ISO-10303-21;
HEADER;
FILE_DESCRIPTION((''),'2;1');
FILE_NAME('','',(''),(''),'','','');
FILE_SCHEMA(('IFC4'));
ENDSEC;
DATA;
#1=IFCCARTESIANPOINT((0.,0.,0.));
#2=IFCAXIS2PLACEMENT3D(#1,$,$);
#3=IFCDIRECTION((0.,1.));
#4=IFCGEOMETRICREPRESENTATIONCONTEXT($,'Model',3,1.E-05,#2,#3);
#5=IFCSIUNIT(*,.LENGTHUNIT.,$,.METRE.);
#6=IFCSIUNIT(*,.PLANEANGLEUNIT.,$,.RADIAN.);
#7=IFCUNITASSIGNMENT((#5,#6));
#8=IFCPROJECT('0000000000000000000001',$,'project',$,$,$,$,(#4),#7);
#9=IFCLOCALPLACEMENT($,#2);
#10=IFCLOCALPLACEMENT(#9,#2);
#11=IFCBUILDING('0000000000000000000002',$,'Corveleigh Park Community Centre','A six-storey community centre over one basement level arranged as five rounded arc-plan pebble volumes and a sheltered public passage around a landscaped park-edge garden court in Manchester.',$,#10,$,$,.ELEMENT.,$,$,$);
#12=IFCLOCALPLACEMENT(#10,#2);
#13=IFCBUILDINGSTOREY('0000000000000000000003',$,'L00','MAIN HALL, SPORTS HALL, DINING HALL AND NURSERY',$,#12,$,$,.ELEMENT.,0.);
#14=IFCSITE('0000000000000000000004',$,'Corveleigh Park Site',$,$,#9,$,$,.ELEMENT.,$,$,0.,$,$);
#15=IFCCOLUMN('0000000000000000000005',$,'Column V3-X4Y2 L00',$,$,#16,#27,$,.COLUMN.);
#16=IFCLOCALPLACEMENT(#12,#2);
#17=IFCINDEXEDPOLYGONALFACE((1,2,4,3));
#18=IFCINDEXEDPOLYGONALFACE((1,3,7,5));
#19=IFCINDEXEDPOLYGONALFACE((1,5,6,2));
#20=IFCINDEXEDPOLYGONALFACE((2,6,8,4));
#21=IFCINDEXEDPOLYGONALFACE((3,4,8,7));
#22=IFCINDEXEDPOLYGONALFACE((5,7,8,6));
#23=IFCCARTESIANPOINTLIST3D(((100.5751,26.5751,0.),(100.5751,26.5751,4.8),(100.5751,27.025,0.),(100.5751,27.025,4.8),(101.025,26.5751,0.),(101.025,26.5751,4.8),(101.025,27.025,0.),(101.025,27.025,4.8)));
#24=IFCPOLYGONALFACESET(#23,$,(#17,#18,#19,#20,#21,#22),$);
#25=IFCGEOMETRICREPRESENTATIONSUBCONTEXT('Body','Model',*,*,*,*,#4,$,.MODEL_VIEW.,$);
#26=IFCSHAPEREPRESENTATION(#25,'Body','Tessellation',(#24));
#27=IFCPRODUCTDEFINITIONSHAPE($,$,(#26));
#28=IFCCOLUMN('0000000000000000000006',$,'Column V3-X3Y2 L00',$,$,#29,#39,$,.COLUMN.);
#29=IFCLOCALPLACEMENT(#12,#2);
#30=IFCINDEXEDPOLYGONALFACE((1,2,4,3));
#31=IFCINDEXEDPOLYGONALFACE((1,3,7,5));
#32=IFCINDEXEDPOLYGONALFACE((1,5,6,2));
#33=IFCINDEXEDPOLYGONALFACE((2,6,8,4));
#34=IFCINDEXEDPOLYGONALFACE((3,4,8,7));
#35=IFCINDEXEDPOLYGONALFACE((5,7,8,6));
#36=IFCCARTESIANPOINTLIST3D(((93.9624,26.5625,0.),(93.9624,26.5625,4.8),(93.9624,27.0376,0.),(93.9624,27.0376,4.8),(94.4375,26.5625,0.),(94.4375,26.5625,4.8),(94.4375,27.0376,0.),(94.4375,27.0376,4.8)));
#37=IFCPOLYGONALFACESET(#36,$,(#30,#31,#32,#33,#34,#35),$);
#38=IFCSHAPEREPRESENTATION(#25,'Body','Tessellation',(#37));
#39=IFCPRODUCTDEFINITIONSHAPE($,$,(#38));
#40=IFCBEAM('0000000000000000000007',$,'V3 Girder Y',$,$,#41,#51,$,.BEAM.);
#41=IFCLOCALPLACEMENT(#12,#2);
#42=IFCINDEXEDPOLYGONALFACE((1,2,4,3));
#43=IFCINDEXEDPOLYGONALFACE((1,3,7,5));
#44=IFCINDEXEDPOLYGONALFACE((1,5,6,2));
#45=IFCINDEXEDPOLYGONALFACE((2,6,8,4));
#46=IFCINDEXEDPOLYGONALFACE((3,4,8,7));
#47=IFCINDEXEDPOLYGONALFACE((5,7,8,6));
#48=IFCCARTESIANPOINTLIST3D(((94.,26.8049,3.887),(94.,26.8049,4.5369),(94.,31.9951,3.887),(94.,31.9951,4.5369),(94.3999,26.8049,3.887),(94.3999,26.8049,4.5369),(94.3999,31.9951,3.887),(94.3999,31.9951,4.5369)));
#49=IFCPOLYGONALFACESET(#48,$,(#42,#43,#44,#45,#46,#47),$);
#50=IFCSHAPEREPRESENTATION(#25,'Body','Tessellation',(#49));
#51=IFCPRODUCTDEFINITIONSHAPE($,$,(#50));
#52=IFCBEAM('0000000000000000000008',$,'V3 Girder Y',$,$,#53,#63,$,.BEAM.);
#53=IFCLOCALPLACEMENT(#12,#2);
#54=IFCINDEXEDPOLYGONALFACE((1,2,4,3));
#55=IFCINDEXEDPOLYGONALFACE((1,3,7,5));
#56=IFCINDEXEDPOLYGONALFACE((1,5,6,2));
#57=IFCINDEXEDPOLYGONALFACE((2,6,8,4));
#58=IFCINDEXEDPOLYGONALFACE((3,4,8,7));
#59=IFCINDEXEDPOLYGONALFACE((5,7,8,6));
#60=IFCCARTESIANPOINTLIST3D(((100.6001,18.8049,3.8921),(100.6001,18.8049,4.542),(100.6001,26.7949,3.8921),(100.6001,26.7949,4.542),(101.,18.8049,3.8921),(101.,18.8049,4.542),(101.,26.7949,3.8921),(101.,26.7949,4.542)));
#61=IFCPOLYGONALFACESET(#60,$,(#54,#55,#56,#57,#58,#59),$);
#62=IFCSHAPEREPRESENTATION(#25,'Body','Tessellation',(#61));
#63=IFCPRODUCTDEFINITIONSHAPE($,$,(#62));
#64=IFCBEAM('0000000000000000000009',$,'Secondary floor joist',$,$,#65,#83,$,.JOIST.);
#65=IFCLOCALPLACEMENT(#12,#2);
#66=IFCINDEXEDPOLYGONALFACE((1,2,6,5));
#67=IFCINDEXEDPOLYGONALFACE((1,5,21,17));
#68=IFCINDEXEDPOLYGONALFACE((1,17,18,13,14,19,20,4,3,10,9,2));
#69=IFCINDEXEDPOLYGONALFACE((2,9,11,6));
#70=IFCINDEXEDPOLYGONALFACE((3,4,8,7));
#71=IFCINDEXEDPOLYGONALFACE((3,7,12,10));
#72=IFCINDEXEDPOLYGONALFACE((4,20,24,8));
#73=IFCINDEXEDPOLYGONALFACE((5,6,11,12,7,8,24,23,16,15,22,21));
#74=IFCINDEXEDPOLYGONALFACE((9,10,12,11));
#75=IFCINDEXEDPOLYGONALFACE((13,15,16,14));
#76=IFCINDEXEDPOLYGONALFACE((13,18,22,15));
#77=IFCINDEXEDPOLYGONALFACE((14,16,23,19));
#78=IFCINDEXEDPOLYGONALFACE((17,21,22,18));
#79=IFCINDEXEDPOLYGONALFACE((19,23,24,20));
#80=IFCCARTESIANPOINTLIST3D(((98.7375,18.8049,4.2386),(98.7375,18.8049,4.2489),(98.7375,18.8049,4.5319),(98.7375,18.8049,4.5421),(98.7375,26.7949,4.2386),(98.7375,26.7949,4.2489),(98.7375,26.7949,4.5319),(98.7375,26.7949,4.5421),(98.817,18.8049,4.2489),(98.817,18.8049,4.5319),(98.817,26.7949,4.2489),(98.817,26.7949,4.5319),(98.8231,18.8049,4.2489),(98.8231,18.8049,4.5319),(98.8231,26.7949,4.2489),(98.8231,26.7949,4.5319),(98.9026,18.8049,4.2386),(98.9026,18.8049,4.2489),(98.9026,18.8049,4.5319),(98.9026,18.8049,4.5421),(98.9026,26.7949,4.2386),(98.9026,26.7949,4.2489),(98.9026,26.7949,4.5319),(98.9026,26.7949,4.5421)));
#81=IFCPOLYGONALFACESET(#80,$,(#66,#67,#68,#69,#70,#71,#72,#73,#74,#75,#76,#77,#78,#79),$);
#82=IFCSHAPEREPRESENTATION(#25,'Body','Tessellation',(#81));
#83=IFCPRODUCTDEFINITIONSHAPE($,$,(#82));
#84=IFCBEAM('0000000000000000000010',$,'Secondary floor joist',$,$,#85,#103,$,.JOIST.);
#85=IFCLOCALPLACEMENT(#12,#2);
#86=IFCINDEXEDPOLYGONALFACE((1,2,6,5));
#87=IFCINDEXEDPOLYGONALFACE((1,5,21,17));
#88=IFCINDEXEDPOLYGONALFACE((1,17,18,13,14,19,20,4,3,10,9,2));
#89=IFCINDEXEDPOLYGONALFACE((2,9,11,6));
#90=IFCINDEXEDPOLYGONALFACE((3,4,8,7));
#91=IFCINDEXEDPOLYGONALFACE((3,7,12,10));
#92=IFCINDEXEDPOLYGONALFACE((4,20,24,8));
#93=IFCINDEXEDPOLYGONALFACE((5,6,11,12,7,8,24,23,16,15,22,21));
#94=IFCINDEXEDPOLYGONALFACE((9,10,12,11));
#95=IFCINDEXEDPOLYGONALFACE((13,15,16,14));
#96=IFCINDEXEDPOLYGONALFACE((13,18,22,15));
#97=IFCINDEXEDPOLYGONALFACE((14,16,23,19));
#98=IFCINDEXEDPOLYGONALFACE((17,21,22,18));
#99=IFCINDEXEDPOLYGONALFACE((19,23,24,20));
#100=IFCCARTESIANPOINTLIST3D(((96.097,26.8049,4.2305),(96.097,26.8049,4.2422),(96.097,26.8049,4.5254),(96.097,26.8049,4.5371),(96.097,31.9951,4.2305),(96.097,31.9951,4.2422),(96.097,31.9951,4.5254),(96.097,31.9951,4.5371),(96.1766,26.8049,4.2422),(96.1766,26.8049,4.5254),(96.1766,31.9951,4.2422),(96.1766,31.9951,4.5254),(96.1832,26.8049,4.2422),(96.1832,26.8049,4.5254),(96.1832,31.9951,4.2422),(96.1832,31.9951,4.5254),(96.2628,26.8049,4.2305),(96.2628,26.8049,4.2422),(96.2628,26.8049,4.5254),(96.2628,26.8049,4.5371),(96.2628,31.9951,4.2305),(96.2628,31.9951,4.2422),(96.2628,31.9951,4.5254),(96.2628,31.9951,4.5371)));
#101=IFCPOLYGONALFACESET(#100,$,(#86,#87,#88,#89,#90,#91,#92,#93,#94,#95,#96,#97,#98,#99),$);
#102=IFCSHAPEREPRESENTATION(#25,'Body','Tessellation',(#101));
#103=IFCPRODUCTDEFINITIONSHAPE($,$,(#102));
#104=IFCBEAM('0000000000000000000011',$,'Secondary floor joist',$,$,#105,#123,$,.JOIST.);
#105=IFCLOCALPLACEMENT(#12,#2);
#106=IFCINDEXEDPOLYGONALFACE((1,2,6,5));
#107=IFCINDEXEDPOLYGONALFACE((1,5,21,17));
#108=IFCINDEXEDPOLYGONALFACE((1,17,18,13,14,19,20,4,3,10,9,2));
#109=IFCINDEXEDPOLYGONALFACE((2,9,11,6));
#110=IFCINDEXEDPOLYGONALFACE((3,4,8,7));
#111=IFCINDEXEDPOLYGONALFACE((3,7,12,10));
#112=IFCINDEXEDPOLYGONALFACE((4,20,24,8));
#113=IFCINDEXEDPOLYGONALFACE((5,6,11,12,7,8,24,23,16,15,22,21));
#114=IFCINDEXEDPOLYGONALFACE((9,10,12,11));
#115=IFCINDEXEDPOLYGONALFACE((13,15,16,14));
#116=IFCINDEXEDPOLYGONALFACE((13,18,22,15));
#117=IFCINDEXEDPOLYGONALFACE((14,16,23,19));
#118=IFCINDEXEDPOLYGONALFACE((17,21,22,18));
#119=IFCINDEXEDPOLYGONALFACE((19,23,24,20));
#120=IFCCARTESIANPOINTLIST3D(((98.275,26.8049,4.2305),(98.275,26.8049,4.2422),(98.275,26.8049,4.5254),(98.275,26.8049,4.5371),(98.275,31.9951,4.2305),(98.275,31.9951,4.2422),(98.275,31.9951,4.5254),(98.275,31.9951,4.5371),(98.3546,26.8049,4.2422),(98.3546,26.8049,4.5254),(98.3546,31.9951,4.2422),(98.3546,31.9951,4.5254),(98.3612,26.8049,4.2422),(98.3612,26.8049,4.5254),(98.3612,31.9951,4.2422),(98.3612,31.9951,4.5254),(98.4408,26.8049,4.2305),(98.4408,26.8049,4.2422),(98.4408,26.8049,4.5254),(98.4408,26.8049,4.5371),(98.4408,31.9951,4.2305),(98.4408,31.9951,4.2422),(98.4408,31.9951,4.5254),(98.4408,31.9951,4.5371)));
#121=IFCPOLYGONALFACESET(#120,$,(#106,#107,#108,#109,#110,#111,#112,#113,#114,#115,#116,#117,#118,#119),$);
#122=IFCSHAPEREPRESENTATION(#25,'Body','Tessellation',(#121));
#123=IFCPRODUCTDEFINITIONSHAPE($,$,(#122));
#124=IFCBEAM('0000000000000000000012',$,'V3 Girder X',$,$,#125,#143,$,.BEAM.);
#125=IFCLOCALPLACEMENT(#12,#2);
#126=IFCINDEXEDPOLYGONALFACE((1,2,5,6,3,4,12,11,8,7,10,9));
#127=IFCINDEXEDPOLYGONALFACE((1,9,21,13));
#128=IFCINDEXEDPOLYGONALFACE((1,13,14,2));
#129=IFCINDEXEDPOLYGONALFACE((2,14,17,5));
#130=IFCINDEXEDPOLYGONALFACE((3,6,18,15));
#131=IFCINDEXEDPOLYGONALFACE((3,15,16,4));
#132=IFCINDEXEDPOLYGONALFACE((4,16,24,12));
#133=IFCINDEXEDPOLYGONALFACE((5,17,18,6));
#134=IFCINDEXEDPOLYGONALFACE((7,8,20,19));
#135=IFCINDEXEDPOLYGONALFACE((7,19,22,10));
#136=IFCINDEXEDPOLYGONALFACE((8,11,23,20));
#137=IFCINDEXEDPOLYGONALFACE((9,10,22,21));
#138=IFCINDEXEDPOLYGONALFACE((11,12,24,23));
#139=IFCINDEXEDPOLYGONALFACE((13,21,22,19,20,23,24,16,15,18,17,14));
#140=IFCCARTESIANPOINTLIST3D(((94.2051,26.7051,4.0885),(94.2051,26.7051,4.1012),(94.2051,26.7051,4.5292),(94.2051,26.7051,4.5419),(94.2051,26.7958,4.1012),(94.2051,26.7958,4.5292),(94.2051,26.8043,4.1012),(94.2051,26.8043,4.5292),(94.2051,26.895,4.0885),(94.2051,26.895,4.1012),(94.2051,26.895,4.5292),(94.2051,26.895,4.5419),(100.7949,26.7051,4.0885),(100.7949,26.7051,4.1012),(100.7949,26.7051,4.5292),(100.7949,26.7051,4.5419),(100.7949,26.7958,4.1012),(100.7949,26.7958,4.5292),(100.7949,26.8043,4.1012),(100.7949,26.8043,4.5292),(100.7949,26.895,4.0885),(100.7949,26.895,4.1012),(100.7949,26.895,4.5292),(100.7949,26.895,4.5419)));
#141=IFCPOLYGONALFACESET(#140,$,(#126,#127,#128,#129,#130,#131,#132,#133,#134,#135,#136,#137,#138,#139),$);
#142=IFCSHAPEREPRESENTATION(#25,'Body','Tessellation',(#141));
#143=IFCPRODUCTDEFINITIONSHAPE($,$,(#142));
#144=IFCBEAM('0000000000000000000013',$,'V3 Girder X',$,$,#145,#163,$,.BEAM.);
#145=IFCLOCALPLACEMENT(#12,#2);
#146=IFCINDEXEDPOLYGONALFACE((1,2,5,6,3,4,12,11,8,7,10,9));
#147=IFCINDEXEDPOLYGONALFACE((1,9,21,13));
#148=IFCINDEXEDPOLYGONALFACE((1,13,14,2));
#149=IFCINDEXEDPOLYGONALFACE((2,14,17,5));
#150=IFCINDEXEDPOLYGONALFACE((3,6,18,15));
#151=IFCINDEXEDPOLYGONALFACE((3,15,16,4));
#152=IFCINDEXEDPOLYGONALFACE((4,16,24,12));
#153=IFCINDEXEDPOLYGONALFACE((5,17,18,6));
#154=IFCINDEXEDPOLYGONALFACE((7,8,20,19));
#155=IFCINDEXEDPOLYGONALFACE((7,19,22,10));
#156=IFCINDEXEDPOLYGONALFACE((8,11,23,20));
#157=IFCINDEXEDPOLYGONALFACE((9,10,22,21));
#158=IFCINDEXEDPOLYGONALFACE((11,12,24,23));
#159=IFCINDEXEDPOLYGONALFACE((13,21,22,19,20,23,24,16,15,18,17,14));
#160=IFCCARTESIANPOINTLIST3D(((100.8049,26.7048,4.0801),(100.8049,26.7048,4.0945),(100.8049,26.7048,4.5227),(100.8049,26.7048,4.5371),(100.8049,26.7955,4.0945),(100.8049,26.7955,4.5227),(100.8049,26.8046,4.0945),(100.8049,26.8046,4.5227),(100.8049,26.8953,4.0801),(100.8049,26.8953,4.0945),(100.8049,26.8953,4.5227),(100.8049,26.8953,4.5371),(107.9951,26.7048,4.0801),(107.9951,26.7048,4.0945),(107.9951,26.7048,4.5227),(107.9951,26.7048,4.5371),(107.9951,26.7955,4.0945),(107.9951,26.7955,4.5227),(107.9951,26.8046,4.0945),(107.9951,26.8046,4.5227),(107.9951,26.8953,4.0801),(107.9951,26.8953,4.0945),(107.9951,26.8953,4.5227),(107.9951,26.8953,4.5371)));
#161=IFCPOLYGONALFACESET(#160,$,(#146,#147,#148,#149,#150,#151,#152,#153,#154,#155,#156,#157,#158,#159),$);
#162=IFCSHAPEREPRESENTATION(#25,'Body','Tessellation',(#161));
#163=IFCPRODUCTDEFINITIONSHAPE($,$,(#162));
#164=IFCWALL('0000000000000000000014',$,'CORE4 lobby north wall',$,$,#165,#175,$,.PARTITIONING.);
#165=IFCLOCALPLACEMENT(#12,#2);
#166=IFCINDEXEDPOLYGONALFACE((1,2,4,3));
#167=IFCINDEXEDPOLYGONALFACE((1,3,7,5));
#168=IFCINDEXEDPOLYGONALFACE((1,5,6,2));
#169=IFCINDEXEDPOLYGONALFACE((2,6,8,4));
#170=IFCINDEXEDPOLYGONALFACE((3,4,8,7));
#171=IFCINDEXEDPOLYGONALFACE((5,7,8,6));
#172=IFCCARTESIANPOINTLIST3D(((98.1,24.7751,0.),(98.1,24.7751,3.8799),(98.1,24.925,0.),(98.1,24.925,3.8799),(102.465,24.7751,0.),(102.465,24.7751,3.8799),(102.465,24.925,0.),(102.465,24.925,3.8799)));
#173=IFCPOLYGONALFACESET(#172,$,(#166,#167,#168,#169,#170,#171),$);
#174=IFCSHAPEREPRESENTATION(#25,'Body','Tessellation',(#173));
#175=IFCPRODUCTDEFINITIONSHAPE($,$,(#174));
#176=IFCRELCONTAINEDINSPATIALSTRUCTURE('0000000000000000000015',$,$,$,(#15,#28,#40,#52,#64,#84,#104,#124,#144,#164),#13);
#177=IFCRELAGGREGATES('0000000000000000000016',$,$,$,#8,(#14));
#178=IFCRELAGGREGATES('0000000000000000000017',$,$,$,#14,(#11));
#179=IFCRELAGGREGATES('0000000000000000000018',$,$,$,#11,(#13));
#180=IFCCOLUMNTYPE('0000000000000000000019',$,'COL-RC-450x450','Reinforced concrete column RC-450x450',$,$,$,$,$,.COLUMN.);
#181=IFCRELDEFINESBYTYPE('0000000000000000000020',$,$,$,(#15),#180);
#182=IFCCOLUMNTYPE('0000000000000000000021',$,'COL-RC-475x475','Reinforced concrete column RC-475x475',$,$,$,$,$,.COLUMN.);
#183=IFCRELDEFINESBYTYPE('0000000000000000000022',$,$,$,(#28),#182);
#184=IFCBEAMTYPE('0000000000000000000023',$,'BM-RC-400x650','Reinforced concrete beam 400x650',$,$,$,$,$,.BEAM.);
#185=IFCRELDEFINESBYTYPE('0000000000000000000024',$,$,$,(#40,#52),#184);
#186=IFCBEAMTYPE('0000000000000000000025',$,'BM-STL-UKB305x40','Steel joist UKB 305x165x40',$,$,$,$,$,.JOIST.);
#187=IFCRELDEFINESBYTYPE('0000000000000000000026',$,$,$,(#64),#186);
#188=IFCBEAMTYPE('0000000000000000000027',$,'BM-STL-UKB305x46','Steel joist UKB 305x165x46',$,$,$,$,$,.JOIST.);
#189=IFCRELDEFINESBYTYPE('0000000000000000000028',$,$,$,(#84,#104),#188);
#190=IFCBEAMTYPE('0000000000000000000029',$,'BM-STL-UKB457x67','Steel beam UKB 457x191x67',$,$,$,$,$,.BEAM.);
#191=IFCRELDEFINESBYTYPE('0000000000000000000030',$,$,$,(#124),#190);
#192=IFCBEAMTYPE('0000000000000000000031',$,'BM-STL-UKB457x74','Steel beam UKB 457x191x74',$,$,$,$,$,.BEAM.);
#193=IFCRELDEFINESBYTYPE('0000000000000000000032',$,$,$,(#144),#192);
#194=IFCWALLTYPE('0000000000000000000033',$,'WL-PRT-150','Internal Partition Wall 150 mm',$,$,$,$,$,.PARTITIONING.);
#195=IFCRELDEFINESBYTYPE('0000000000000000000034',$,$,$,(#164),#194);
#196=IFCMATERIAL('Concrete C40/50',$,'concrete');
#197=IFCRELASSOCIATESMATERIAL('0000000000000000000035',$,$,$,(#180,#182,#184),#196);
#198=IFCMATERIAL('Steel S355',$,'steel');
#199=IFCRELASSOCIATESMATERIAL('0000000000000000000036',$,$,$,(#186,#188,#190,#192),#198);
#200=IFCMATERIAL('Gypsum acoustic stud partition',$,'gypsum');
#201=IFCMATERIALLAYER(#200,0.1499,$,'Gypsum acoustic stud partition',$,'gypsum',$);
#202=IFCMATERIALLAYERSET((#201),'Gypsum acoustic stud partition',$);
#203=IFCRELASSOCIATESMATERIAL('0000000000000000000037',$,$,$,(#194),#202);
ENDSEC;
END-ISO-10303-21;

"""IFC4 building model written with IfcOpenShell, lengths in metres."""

from ifc_helpers import new_model, si_unit, direction, frame, frame_2d, origin, origin_2d, place, context, subcontext, project, spatial, rectangle, i_section, extrude, material, layer, layer_set, material_profile, profile_set, type_object, element, save


model = new_model("IFC4")

# Units and contexts
model_context = context("Model", 3, precision=1e-05, world=origin(), true_north=direction((0.0, 1.0)))
body_context = subcontext(model_context, "Body", "Model", "MODEL_VIEW")
ifc_project = project(units=[si_unit("LENGTHUNIT", "METRE"), si_unit("PLANEANGLEUNIT", "RADIAN")], contexts=[model_context])

# Site, building, storey
site_placement = place(None, origin())
site = spatial("IfcSite", under=ifc_project, at=site_placement, Name="Corveleigh Park Site", CompositionType="ELEMENT", RefElevation=0.0)
building_placement = place(site_placement, origin())
building = spatial("IfcBuilding", under=site, at=building_placement, Name="Corveleigh Park Community Centre", Description="A six-storey community centre over one basement level arranged as five rounded arc-plan pebble volumes and a sheltered public passage around a landscaped park-edge garden court in Manchester.", CompositionType="ELEMENT")
storey_placement = place(building_placement, origin())
storey = spatial("IfcBuildingStorey", under=building, at=storey_placement, Name="L00", Description="MAIN HALL, SPORTS HALL, DINING HALL AND NURSERY", CompositionType="ELEMENT", Elevation=0.0)

# Columns
ifc_material_1 = material(Name="Concrete C40/50", Category="concrete")
ifc_material_profile_1 = material_profile(ifc_material_1, rectangle(XDim=0.45, YDim=0.45, at=origin_2d()), Name="RC-450x450", Category="concrete")
ifc_profile_set_1 = profile_set([ifc_material_profile_1], Name="Concrete C40/50")
column_type_1 = type_object("IfcColumnType", Name="COL-RC-450x450", Description="Reinforced concrete column RC-450x450", PredefinedType="COLUMN", material=ifc_profile_set_1)
column_1_placement = place(storey_placement, frame((100.8, 26.8, 0.0), z_axis=(0.0, 0.0, 1.0), x_axis=(1.0, 0.0, 0.0)))
element("IfcColumn", 1, at=column_1_placement, inside=storey, type_object=column_type_1, Name="Column V3-X4Y2 L00", PredefinedType="COLUMN", context=body_context, shape_type="SweptSolid", body=[
    extrude(rectangle(XDim=0.45, YDim=0.45, at=origin_2d()), origin(), (0.0, 0.0, 1.0), 4.8),
])
ifc_material_profile_2 = material_profile(ifc_material_1, rectangle(XDim=0.4751, YDim=0.4751, at=origin_2d()), Name="RC-475x475", Category="concrete")
ifc_profile_set_2 = profile_set([ifc_material_profile_2], Name="Concrete C40/50")
column_type_2 = type_object("IfcColumnType", Name="COL-RC-475x475", Description="Reinforced concrete column RC-475x475", PredefinedType="COLUMN", material=ifc_profile_set_2)
column_2_placement = place(storey_placement, frame((94.2, 26.8, 0.0), z_axis=(0.0, 0.0, 1.0), x_axis=(1.0, 0.0, 0.0)))
element("IfcColumn", 2, at=column_2_placement, inside=storey, type_object=column_type_2, Name="Column V3-X3Y2 L00", PredefinedType="COLUMN", context=body_context, shape_type="SweptSolid", body=[
    extrude(rectangle(XDim=0.4751, YDim=0.4751, at=origin_2d()), origin(), (0.0, 0.0, 1.0), 4.8),
])

# Beams
ifc_material_profile_3 = material_profile(ifc_material_1, rectangle(XDim=0.3999, YDim=0.6499, at=origin_2d()), Name="RC-400x650", Category="concrete")
ifc_profile_set_3 = profile_set([ifc_material_profile_3], Name="Concrete C40/50")
beam_type_1 = type_object("IfcBeamType", Name="BM-RC-400x650", Description="Reinforced concrete beam 400x650", PredefinedType="BEAM", material=ifc_profile_set_3)
beam_1_placement = place(storey_placement, frame((94.2, 26.8049, 4.2119), z_axis=(0.0, 1.0, 0.0), x_axis=(-1.0, 0.0, 0.0)))
element("IfcBeam", 3, at=beam_1_placement, inside=storey, type_object=beam_type_1, Name="V3 Girder Y", PredefinedType="BEAM", context=body_context, shape_type="SweptSolid", body=[
    extrude(rectangle(XDim=0.3999, YDim=0.6499, at=origin_2d()), origin(), (0.0, 0.0, 1.0), 5.1902),
])
beam_2_placement = place(storey_placement, frame((100.8, 18.8049, 4.217), z_axis=(0.0, 1.0, 0.0), x_axis=(-1.0, 0.0, 0.0)))
element("IfcBeam", 4, at=beam_2_placement, inside=storey, type_object=beam_type_1, Name="V3 Girder Y", PredefinedType="BEAM", context=body_context, shape_type="SweptSolid", body=[
    extrude(rectangle(XDim=0.3999, YDim=0.6499, at=origin_2d()), origin(), (0.0, 0.0, 1.0), 7.99),
])
ifc_material_2 = material(Name="Steel S355", Category="steel")
ifc_material_profile_4 = material_profile(ifc_material_2, i_section(OverallWidth=0.165, OverallDepth=0.3035, WebThickness=0.0061, FlangeThickness=0.0103, at=origin_2d()), Name="UKB 305x165x40", Category="steel")
ifc_profile_set_4 = profile_set([ifc_material_profile_4], Name="Steel S355")
beam_type_2 = type_object("IfcBeamType", Name="BM-STL-UKB305x40", Description="Steel joist UKB 305x165x40", PredefinedType="JOIST", material=ifc_profile_set_4)
beam_3_placement = place(storey_placement, frame((98.8201, 18.8049, 4.3904), z_axis=(0.0, 1.0, 0.0), x_axis=(-1.0, 0.0, 0.0)))
element("IfcBeam", 5, at=beam_3_placement, inside=storey, type_object=beam_type_2, Name="Secondary floor joist", PredefinedType="JOIST", context=body_context, shape_type="SweptSolid", body=[
    extrude(i_section(OverallWidth=0.165, OverallDepth=0.3035, WebThickness=0.0061, FlangeThickness=0.0103, at=origin_2d()), origin(), (0.0, 0.0, 1.0), 7.99),
])
ifc_material_profile_5 = material_profile(ifc_material_2, i_section(OverallWidth=0.1658, OverallDepth=0.3066, WebThickness=0.0066, FlangeThickness=0.0117, at=origin_2d()), Name="UKB 305x165x46", Category="steel")
ifc_profile_set_5 = profile_set([ifc_material_profile_5], Name="Steel S355")
beam_type_3 = type_object("IfcBeamType", Name="BM-STL-UKB305x46", Description="Steel joist UKB 305x165x46", PredefinedType="JOIST", material=ifc_profile_set_5)
for number, where, z_axis, x_axis, name in (
    (6, (96.1799, 26.8049, 4.3838), (0.0, 1.0, 0.0), (-1.0, 0.0, 0.0), "Secondary floor joist"),
    (7, (98.3579, 26.8049, 4.3838), (0.0, 1.0, 0.0), (-1.0, 0.0, 0.0), "Secondary floor joist"),
):
    element("IfcBeam", number, at=place(storey_placement, frame(where, z_axis=z_axis, x_axis=x_axis)), inside=storey, type_object=beam_type_3, Name=name, PredefinedType="JOIST", context=body_context, shape_type="SweptSolid", body=[
        extrude(i_section(OverallWidth=0.1658, OverallDepth=0.3066, WebThickness=0.0066, FlangeThickness=0.0117, at=origin_2d()), origin(), (0.0, 0.0, 1.0), 5.1902),
    ])
ifc_material_profile_6 = material_profile(ifc_material_2, i_section(OverallWidth=0.1899, OverallDepth=0.4534, WebThickness=0.0085, FlangeThickness=0.0127, at=origin_2d()), Name="UKB 457x191x67", Category="steel")
ifc_profile_set_6 = profile_set([ifc_material_profile_6], Name="Steel S355")
beam_type_4 = type_object("IfcBeamType", Name="BM-STL-UKB457x67", Description="Steel beam UKB 457x191x67", PredefinedType="BEAM", material=ifc_profile_set_6)
beam_4_placement = place(storey_placement, frame((94.2051, 26.8, 4.3152), z_axis=(1.0, 0.0, 0.0), x_axis=(0.0, 1.0, 0.0)))
element("IfcBeam", 8, at=beam_4_placement, inside=storey, type_object=beam_type_4, Name="V3 Girder X", PredefinedType="BEAM", context=body_context, shape_type="SweptSolid", body=[
    extrude(i_section(OverallWidth=0.1899, OverallDepth=0.4534, WebThickness=0.0085, FlangeThickness=0.0127, at=origin_2d()), origin(), (0.0, 0.0, 1.0), 6.5898),
])
ifc_material_profile_7 = material_profile(ifc_material_2, i_section(OverallWidth=0.1904, OverallDepth=0.457, WebThickness=0.009, FlangeThickness=0.0144, at=origin_2d()), Name="UKB 457x191x74", Category="steel")
ifc_profile_set_7 = profile_set([ifc_material_profile_7], Name="Steel S355")
beam_type_5 = type_object("IfcBeamType", Name="BM-STL-UKB457x74", Description="Steel beam UKB 457x191x74", PredefinedType="BEAM", material=ifc_profile_set_7)
beam_5_placement = place(storey_placement, frame((100.8049, 26.8, 4.3086), z_axis=(1.0, 0.0, 0.0), x_axis=(0.0, 1.0, 0.0)))
element("IfcBeam", 9, at=beam_5_placement, inside=storey, type_object=beam_type_5, Name="V3 Girder X", PredefinedType="BEAM", context=body_context, shape_type="SweptSolid", body=[
    extrude(i_section(OverallWidth=0.1904, OverallDepth=0.457, WebThickness=0.009, FlangeThickness=0.0144, at=origin_2d()), origin(), (0.0, 0.0, 1.0), 7.1902),
])

# Wall
ifc_material_3 = material(Name="Gypsum acoustic stud partition", Category="gypsum")
ifc_layer_1 = layer(ifc_material_3, 0.1499, Name="Gypsum acoustic stud partition", Category="gypsum")
ifc_layer_set_1 = layer_set([ifc_layer_1], Name="Gypsum acoustic stud partition")
wall_type_1 = type_object("IfcWallType", Name="WL-PRT-150", Description="Internal Partition Wall 150 mm", PredefinedType="PARTITIONING", material=ifc_layer_set_1)
wall_1_placement = place(storey_placement, frame((102.4651, 24.8501, 0.0), z_axis=(0.0, 0.0, 1.0), x_axis=(-1.0, 0.0, 0.0)))
element("IfcWall", 10, at=wall_1_placement, inside=storey, type_object=wall_type_1, Name="CORE4 lobby north wall", PredefinedType="PARTITIONING", context=body_context, shape_type="SweptSolid", body=[
    extrude(rectangle(XDim=4.365, YDim=0.1499, at=frame_2d((2.1826, 0.0))), origin(), (0.0, 0.0, 1.0), 3.8799),
])

save(model, "model.ifc")
